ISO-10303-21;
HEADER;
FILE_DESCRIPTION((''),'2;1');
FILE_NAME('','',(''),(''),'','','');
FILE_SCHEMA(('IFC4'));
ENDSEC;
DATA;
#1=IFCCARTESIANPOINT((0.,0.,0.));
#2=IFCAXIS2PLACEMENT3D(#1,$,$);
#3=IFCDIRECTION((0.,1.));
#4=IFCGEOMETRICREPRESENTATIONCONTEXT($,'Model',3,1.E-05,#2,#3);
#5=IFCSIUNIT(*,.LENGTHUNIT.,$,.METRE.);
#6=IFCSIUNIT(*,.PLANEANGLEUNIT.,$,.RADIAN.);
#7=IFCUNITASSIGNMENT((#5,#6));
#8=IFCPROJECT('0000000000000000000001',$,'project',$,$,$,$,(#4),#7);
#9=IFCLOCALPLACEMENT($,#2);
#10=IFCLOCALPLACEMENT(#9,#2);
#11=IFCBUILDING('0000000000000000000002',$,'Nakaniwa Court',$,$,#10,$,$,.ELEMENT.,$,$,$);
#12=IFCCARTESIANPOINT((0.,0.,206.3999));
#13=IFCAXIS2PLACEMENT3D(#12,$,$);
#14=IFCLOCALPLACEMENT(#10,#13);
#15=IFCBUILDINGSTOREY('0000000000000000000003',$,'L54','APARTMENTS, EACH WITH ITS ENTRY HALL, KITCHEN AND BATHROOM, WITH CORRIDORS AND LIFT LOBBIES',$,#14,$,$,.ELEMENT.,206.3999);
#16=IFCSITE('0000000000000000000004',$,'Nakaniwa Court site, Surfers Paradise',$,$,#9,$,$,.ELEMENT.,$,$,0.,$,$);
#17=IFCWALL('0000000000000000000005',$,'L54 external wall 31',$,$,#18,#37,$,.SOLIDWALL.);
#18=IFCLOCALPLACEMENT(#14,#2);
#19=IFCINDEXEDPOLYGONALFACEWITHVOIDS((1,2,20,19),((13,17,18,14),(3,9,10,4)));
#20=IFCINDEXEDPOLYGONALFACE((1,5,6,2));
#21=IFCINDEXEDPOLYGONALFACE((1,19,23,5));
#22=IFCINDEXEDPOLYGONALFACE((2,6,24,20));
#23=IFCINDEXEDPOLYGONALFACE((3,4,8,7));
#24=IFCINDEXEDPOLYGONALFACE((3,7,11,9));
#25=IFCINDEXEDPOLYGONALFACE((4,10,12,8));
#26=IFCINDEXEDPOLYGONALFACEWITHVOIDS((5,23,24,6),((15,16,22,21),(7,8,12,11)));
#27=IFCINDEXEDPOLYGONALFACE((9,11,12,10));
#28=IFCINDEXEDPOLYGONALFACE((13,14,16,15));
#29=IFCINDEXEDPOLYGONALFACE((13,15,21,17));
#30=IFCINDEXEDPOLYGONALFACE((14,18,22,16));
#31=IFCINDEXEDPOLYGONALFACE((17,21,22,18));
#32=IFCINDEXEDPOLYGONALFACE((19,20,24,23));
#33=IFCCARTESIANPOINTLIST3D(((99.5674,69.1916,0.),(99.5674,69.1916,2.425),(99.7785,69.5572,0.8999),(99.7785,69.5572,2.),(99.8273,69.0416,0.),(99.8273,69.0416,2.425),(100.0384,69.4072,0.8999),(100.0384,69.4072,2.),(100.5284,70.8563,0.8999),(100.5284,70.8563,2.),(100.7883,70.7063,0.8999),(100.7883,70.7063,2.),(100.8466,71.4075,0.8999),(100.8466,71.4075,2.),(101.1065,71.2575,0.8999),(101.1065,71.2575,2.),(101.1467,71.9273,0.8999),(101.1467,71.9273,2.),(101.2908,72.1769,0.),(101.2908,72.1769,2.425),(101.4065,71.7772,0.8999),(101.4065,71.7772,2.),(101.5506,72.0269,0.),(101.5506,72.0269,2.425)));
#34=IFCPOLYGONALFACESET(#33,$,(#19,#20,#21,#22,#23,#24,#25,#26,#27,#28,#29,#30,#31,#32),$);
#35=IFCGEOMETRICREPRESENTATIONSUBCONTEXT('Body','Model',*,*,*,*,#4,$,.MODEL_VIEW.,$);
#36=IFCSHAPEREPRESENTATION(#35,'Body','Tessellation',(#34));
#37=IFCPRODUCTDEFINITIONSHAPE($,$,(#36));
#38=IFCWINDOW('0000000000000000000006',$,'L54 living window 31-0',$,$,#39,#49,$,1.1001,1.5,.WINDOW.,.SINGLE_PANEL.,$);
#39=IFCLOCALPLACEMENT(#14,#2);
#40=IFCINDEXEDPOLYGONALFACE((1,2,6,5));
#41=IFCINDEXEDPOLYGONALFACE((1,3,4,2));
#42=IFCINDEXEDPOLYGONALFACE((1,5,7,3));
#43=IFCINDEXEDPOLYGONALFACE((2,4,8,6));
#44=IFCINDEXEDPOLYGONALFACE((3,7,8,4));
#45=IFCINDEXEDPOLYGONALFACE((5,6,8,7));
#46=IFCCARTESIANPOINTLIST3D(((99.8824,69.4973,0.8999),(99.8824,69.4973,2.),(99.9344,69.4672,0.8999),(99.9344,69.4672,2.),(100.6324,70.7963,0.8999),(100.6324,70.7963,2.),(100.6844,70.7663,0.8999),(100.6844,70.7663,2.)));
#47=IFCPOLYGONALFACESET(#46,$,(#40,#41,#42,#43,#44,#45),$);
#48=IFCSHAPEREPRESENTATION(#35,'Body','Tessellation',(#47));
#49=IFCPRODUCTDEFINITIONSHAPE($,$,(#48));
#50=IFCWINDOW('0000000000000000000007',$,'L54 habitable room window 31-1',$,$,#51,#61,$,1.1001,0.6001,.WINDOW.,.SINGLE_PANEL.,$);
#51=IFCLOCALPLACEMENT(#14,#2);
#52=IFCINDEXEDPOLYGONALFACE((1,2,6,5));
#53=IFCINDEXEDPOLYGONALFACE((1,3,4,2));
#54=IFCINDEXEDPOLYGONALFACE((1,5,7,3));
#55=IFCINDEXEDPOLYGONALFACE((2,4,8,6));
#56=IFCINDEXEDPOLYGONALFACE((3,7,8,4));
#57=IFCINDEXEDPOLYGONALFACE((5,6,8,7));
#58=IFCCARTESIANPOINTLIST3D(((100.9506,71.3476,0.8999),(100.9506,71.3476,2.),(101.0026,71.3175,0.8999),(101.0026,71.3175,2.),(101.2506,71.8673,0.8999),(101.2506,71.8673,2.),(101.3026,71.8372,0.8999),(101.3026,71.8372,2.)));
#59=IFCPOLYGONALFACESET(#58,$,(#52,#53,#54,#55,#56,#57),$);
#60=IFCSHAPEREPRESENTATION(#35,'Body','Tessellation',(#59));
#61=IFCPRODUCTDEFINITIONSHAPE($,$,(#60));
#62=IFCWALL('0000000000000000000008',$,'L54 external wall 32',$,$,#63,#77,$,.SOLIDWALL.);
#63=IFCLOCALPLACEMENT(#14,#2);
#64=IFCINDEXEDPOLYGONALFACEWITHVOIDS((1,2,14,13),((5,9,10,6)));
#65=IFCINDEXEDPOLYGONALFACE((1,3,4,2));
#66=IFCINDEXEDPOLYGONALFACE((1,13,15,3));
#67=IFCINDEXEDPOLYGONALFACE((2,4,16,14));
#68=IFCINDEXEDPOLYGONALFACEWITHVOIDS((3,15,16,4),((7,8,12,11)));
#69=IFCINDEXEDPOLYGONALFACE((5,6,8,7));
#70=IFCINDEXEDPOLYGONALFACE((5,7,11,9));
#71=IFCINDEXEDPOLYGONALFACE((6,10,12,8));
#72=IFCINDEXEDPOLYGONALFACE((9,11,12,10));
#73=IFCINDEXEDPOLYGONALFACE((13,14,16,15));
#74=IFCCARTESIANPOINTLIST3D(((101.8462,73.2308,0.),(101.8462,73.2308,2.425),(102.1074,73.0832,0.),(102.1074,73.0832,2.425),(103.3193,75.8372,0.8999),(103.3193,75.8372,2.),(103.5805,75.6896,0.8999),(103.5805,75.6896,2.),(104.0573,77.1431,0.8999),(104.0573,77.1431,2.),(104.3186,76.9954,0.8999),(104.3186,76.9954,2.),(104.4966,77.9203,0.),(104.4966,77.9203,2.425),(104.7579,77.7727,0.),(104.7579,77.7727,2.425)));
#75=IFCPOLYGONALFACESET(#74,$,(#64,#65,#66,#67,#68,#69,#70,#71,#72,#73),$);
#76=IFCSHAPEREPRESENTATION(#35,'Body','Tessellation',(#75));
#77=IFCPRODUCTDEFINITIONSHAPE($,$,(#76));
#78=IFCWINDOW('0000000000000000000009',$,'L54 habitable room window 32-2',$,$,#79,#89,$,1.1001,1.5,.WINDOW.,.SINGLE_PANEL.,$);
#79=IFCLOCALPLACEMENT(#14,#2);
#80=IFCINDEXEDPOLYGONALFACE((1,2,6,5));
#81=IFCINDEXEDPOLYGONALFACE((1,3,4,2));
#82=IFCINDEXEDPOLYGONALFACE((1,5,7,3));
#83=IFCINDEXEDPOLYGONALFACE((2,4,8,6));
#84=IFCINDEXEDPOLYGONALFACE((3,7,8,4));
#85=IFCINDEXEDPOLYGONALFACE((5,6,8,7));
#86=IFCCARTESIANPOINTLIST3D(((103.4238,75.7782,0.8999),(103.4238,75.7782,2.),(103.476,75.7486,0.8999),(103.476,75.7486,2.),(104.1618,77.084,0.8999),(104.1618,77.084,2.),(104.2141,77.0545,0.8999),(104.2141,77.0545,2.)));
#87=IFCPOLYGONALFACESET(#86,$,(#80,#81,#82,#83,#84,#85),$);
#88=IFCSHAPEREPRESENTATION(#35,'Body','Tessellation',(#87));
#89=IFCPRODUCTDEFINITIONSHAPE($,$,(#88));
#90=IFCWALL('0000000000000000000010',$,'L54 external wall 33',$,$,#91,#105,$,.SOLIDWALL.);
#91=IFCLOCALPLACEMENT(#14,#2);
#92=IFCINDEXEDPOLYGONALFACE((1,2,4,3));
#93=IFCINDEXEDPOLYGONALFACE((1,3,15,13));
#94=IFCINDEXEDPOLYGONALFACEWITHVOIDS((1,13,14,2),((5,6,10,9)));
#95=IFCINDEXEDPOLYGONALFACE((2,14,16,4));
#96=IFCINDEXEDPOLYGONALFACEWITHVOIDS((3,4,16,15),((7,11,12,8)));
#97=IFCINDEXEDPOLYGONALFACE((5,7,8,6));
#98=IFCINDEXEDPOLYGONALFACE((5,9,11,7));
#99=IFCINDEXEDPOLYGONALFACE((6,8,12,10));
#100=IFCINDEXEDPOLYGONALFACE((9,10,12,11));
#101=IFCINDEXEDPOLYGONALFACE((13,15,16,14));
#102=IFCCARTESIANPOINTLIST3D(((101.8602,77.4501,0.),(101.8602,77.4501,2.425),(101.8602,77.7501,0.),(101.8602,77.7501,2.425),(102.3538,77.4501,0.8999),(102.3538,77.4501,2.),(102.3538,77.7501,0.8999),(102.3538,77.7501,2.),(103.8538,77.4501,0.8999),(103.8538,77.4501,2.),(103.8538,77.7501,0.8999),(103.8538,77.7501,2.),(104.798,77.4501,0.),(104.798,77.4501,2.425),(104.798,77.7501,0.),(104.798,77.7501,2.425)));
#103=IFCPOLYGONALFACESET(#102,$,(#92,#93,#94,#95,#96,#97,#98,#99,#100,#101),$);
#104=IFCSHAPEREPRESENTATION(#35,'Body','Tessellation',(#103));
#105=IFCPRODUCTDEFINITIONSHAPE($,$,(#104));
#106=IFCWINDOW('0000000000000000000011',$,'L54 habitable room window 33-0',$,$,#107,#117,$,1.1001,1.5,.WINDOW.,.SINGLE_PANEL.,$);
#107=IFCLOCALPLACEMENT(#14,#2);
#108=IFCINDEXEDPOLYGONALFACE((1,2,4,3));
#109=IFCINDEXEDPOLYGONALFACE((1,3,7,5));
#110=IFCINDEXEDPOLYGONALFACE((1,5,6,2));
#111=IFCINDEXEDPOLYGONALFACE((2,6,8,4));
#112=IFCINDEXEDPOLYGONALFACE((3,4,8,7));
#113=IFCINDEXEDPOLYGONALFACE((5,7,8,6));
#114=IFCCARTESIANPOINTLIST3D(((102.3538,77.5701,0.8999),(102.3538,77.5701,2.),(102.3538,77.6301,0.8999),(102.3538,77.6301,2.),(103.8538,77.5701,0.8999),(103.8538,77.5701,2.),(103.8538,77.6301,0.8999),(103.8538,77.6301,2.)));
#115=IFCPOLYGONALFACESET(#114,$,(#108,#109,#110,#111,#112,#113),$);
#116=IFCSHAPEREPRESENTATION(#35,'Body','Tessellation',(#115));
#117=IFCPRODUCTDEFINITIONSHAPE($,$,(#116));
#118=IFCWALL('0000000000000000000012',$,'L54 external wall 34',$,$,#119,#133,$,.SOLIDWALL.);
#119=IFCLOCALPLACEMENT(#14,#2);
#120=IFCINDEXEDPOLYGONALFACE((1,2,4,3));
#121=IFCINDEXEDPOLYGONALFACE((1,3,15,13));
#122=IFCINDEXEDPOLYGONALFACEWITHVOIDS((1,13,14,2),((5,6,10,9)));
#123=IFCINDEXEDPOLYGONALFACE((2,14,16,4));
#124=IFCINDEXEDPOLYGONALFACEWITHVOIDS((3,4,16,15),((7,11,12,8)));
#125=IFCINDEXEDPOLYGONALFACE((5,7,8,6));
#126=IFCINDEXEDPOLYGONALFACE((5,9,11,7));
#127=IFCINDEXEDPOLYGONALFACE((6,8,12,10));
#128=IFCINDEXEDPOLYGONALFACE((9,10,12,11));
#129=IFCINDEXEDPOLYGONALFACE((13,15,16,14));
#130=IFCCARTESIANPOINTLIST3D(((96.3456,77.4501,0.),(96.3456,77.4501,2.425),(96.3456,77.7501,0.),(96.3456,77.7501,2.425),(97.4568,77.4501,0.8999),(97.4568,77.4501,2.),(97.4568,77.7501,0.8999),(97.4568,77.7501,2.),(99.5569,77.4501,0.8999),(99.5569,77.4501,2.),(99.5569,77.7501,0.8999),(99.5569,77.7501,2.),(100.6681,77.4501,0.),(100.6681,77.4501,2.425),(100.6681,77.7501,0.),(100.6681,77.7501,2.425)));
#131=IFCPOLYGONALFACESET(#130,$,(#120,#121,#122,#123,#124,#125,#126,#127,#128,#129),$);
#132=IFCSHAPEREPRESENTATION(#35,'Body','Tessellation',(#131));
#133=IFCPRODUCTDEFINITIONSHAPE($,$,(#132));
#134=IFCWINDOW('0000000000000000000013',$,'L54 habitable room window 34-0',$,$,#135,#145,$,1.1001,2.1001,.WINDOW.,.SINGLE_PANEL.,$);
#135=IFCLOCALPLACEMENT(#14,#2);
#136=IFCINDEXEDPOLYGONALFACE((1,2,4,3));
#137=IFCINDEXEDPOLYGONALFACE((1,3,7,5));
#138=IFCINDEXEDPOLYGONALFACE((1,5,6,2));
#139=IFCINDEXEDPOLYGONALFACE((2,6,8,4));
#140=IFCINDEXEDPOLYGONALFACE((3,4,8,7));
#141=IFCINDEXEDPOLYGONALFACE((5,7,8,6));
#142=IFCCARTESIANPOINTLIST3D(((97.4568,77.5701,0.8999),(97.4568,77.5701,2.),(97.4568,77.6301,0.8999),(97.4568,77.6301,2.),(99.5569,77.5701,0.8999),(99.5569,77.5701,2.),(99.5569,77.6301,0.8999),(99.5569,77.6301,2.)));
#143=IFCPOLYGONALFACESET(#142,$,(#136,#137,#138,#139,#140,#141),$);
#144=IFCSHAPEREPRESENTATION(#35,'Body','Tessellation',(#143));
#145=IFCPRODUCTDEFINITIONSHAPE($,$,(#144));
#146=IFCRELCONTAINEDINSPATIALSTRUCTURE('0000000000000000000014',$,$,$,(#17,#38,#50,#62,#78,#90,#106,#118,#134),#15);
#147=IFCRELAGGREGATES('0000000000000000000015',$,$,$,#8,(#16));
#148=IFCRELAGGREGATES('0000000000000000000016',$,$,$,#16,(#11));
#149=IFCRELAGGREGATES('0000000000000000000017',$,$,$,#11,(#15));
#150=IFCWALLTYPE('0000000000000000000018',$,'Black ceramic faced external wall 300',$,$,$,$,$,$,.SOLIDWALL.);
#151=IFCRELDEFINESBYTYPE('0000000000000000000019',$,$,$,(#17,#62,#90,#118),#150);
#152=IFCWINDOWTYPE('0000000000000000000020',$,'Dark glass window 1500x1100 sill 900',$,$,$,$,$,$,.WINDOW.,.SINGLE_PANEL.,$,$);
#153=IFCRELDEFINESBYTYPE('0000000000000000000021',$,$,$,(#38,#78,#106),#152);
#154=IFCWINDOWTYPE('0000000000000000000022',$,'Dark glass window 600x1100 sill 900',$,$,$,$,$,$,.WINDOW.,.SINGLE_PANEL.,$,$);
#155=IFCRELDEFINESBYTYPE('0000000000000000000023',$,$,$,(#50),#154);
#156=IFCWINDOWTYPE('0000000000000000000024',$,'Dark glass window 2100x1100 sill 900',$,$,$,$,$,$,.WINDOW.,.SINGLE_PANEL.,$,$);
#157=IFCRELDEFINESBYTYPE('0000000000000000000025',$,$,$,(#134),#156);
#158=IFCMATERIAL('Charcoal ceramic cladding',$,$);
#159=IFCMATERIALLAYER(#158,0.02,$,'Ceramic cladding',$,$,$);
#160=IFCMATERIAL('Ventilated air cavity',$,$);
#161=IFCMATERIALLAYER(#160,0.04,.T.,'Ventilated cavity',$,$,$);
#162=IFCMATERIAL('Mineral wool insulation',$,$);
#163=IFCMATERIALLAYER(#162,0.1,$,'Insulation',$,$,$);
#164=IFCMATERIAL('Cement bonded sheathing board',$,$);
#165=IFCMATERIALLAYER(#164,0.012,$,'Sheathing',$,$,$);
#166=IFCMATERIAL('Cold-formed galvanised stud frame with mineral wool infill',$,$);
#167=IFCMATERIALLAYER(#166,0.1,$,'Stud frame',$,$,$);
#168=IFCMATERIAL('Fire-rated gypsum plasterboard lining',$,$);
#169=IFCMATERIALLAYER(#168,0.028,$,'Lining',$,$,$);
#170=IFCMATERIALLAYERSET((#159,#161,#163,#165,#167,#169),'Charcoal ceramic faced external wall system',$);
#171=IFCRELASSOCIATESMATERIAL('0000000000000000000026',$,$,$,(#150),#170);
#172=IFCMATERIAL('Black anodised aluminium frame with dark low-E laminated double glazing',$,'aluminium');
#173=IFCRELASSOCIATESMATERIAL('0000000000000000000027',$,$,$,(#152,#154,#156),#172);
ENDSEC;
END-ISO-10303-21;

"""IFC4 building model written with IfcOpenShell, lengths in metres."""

from ifc_helpers import new_model, si_unit, direction, frame, frame_2d, origin, place, context, subcontext, project, spatial, rectangle, extrude, material, layer, layer_set, type_object, element, fill, save


model = new_model("IFC4")

# Units and contexts
model_context = context("Model", 3, precision=1e-05, world=origin(), true_north=direction((0.0, 1.0)))
body_context = subcontext(model_context, "Body", "Model", "MODEL_VIEW")
ifc_project = project(units=[si_unit("LENGTHUNIT", "METRE"), si_unit("PLANEANGLEUNIT", "RADIAN")], contexts=[model_context])

# Site, building, storey
site_placement = place(None, origin())
site = spatial("IfcSite", under=ifc_project, at=site_placement, Name="Nakaniwa Court site, Surfers Paradise", CompositionType="ELEMENT", RefElevation=0.0)
building_placement = place(site_placement, origin())
building = spatial("IfcBuilding", under=site, at=building_placement, Name="Nakaniwa Court", CompositionType="ELEMENT")
storey_placement = place(building_placement, frame((0.0, 0.0, 206.3999)))
storey = spatial("IfcBuildingStorey", under=building, at=storey_placement, Name="L54", Description="APARTMENTS, EACH WITH ITS ENTRY HALL, KITCHEN AND BATHROOM, WITH CORRIDORS AND LIFT LOBBIES", CompositionType="ELEMENT", Elevation=206.3999)

# Wall, openings, windows
ifc_material_1 = material(Name="Charcoal ceramic cladding")
ifc_layer_1 = layer(ifc_material_1, 0.02, Name="Ceramic cladding")
ifc_material_2 = material(Name="Ventilated air cavity")
ifc_layer_2 = layer(ifc_material_2, 0.04, ventilated=True, Name="Ventilated cavity")
ifc_material_3 = material(Name="Mineral wool insulation")
ifc_layer_3 = layer(ifc_material_3, 0.1, Name="Insulation")
ifc_material_4 = material(Name="Cement bonded sheathing board")
ifc_layer_4 = layer(ifc_material_4, 0.012, Name="Sheathing")
ifc_material_5 = material(Name="Cold-formed galvanised stud frame with mineral wool infill")
ifc_layer_5 = layer(ifc_material_5, 0.1, Name="Stud frame")
ifc_material_6 = material(Name="Fire-rated gypsum plasterboard lining")
ifc_layer_6 = layer(ifc_material_6, 0.028, Name="Lining")
ifc_layer_set_1 = layer_set([ifc_layer_1, ifc_layer_2, ifc_layer_3, ifc_layer_4, ifc_layer_5, ifc_layer_6], Name="Charcoal ceramic faced external wall system")
wall_type_1 = type_object("IfcWallType", Name="Black ceramic faced external wall 300", PredefinedType="SOLIDWALL", material=ifc_layer_set_1)
wall_1_placement = place(storey_placement, frame((99.6973, 69.1165, 0.0), z_axis=(0.0, 0.0, 1.0), x_axis=(0.499955, 0.866051, 0.0)))
wall_1 = element("IfcWall", 1, at=wall_1_placement, inside=storey, type_object=wall_type_1, Name="L54 external wall 31", PredefinedType="SOLIDWALL", context=body_context, shape_type="SweptSolid", body=[
    extrude(rectangle(XDim=3.447, YDim=0.3, at=frame_2d((1.7236, 0.0))), origin(), (0.0, 0.0, 1.0), 2.425),
])
opening_1_placement = place(wall_1_placement, frame((0.4224, 0.0, 0.8999)))
opening_1 = element("IfcOpeningElement", 2, at=opening_1_placement, cuts=wall_1, PredefinedType="OPENING", context=body_context, shape_type="SweptSolid", body=[
    extrude(rectangle(XDim=1.5, YDim=1.1001, at=frame_2d((0.75, 0.55))), frame((0.0, 0.1599, 0.0), z_axis=(0.0, -1.0, 0.0), x_axis=(1.0, 0.0, 0.0)), (0.0, 0.0, 1.0), 0.3201),
])
opening_2_placement = place(wall_1_placement, frame((2.5588, 0.0, 0.8999)))
opening_2 = element("IfcOpeningElement", 3, at=opening_2_placement, cuts=wall_1, PredefinedType="OPENING", context=body_context, shape_type="SweptSolid", body=[
    extrude(rectangle(XDim=0.6001, YDim=1.1001, at=frame_2d((0.3, 0.55))), frame((0.0, 0.1599, 0.0), z_axis=(0.0, -1.0, 0.0), x_axis=(1.0, 0.0, 0.0)), (0.0, 0.0, 1.0), 0.3201),
])
ifc_material_7 = material(Name="Black anodised aluminium frame with dark low-E laminated double glazing", Category="aluminium")
window_type_1 = type_object("IfcWindowType", Name="Dark glass window 1500x1100 sill 900", PartitioningType="SINGLE_PANEL", PredefinedType="WINDOW", material=ifc_material_7)
window_1_placement = place(opening_1_placement, origin())
window_1 = element("IfcWindow", 4, at=window_1_placement, inside=storey, type_object=window_type_1, Name="L54 living window 31-0", OverallHeight=1.1001, OverallWidth=1.5, PartitioningType="SINGLE_PANEL", PredefinedType="WINDOW", context=body_context, shape_type="SweptSolid", body=[
    extrude(rectangle(XDim=1.5, YDim=1.1001, at=frame_2d((0.75, 0.55))), frame((0.0, 0.03, 0.0), z_axis=(0.0, -1.0, 0.0), x_axis=(1.0, 0.0, 0.0)), (0.0, 0.0, 1.0), 0.0601),
])
fill(opening_1, window_1)
window_type_2 = type_object("IfcWindowType", Name="Dark glass window 600x1100 sill 900", PartitioningType="SINGLE_PANEL", PredefinedType="WINDOW", material=ifc_material_7)
window_2_placement = place(opening_2_placement, origin())
window_2 = element("IfcWindow", 5, at=window_2_placement, inside=storey, type_object=window_type_2, Name="L54 habitable room window 31-1", OverallHeight=1.1001, OverallWidth=0.6001, PartitioningType="SINGLE_PANEL", PredefinedType="WINDOW", context=body_context, shape_type="SweptSolid", body=[
    extrude(rectangle(XDim=0.6001, YDim=1.1001, at=frame_2d((0.3, 0.55))), frame((0.0, 0.03, 0.0), z_axis=(0.0, -1.0, 0.0), x_axis=(1.0, 0.0, 0.0)), (0.0, 0.0, 1.0), 0.0601),
])
fill(opening_2, window_2)

# Walls, openings, windows
wall_2_placement = place(storey_placement, frame((101.9768, 73.157, 0.0), z_axis=(0.0, 0.0, 1.0), x_axis=(0.492033, 0.870576, 0.0)))
wall_2 = element("IfcWall", 6, at=wall_2_placement, inside=storey, type_object=wall_type_1, Name="L54 external wall 32", PredefinedType="SOLIDWALL", context=body_context, shape_type="SweptSolid", body=[
    extrude(rectangle(XDim=5.3867, YDim=0.3, at=frame_2d((2.6934, 0.0))), origin(), (0.0, 0.0, 1.0), 2.425),
])
opening_3_placement = place(wall_2_placement, frame((2.9939, 0.0, 0.8999)))
opening_3 = element("IfcOpeningElement", 7, at=opening_3_placement, cuts=wall_2, PredefinedType="OPENING", context=body_context, shape_type="SweptSolid", body=[
    extrude(rectangle(XDim=1.5, YDim=1.1001, at=frame_2d((0.75, 0.55))), frame((0.0, 0.1599, 0.0), z_axis=(0.0, -1.0, 0.0), x_axis=(1.0, 0.0, 0.0)), (0.0, 0.0, 1.0), 0.3201),
])
window_3_placement = place(opening_3_placement, origin())
window_3 = element("IfcWindow", 8, at=window_3_placement, inside=storey, type_object=window_type_1, Name="L54 habitable room window 32-2", OverallHeight=1.1001, OverallWidth=1.5, PartitioningType="SINGLE_PANEL", PredefinedType="WINDOW", context=body_context, shape_type="SweptSolid", body=[
    extrude(rectangle(XDim=1.5, YDim=1.1001, at=frame_2d((0.75, 0.55))), frame((0.0, 0.03, 0.0), z_axis=(0.0, -1.0, 0.0), x_axis=(1.0, 0.0, 0.0)), (0.0, 0.0, 1.0), 0.0601),
])
fill(opening_3, window_3)
wall_3_placement = place(storey_placement, frame((104.7979, 77.6001, 0.0), z_axis=(0.0, 0.0, 1.0), x_axis=(-1.0, 0.0, 0.0)))
wall_3 = element("IfcWall", 9, at=wall_3_placement, inside=storey, type_object=wall_type_1, Name="L54 external wall 33", PredefinedType="SOLIDWALL", context=body_context, shape_type="SweptSolid", body=[
    extrude(rectangle(XDim=2.9377, YDim=0.3, at=frame_2d((1.4688, 0.0))), origin(), (0.0, 0.0, 1.0), 2.425),
])
opening_4_placement = place(wall_3_placement, frame((0.9441, 0.0, 0.8999)))
opening_4 = element("IfcOpeningElement", 10, at=opening_4_placement, cuts=wall_3, PredefinedType="OPENING", context=body_context, shape_type="SweptSolid", body=[
    extrude(rectangle(XDim=1.5, YDim=1.1001, at=frame_2d((0.75, 0.55))), frame((0.0, 0.1599, 0.0), z_axis=(0.0, -1.0, 0.0), x_axis=(1.0, 0.0, 0.0)), (0.0, 0.0, 1.0), 0.3201),
])
window_4_placement = place(opening_4_placement, origin())
window_4 = element("IfcWindow", 11, at=window_4_placement, inside=storey, type_object=window_type_1, Name="L54 habitable room window 33-0", OverallHeight=1.1001, OverallWidth=1.5, PartitioningType="SINGLE_PANEL", PredefinedType="WINDOW", context=body_context, shape_type="SweptSolid", body=[
    extrude(rectangle(XDim=1.5, YDim=1.1001, at=frame_2d((0.75, 0.55))), frame((0.0, 0.03, 0.0), z_axis=(0.0, -1.0, 0.0), x_axis=(1.0, 0.0, 0.0)), (0.0, 0.0, 1.0), 0.0601),
])
fill(opening_4, window_4)
wall_4_placement = place(storey_placement, frame((100.668, 77.6001, 0.0), z_axis=(0.0, 0.0, 1.0), x_axis=(-1.0, 0.0, 0.0)))
wall_4 = element("IfcWall", 12, at=wall_4_placement, inside=storey, type_object=wall_type_1, Name="L54 external wall 34", PredefinedType="SOLIDWALL", context=body_context, shape_type="SweptSolid", body=[
    extrude(rectangle(XDim=4.3225, YDim=0.3, at=frame_2d((2.1611, 0.0))), origin(), (0.0, 0.0, 1.0), 2.425),
])
opening_5_placement = place(wall_4_placement, frame((1.1111, 0.0, 0.8999)))
opening_5 = element("IfcOpeningElement", 13, at=opening_5_placement, cuts=wall_4, PredefinedType="OPENING", context=body_context, shape_type="SweptSolid", body=[
    extrude(rectangle(XDim=2.1001, YDim=1.1001, at=frame_2d((1.05, 0.55))), frame((0.0, 0.1599, 0.0), z_axis=(0.0, -1.0, 0.0), x_axis=(1.0, 0.0, 0.0)), (0.0, 0.0, 1.0), 0.3201),
])
window_type_3 = type_object("IfcWindowType", Name="Dark glass window 2100x1100 sill 900", PartitioningType="SINGLE_PANEL", PredefinedType="WINDOW", material=ifc_material_7)
window_5_placement = place(opening_5_placement, origin())
window_5 = element("IfcWindow", 14, at=window_5_placement, inside=storey, type_object=window_type_3, Name="L54 habitable room window 34-0", OverallHeight=1.1001, OverallWidth=2.1001, PartitioningType="SINGLE_PANEL", PredefinedType="WINDOW", context=body_context, shape_type="SweptSolid", body=[
    extrude(rectangle(XDim=2.1001, YDim=1.1001, at=frame_2d((1.05, 0.55))), frame((0.0, 0.03, 0.0), z_axis=(0.0, -1.0, 0.0), x_axis=(1.0, 0.0, 0.0)), (0.0, 0.0, 1.0), 0.0601),
])
fill(opening_5, window_5)

save(model, "model.ifc")
